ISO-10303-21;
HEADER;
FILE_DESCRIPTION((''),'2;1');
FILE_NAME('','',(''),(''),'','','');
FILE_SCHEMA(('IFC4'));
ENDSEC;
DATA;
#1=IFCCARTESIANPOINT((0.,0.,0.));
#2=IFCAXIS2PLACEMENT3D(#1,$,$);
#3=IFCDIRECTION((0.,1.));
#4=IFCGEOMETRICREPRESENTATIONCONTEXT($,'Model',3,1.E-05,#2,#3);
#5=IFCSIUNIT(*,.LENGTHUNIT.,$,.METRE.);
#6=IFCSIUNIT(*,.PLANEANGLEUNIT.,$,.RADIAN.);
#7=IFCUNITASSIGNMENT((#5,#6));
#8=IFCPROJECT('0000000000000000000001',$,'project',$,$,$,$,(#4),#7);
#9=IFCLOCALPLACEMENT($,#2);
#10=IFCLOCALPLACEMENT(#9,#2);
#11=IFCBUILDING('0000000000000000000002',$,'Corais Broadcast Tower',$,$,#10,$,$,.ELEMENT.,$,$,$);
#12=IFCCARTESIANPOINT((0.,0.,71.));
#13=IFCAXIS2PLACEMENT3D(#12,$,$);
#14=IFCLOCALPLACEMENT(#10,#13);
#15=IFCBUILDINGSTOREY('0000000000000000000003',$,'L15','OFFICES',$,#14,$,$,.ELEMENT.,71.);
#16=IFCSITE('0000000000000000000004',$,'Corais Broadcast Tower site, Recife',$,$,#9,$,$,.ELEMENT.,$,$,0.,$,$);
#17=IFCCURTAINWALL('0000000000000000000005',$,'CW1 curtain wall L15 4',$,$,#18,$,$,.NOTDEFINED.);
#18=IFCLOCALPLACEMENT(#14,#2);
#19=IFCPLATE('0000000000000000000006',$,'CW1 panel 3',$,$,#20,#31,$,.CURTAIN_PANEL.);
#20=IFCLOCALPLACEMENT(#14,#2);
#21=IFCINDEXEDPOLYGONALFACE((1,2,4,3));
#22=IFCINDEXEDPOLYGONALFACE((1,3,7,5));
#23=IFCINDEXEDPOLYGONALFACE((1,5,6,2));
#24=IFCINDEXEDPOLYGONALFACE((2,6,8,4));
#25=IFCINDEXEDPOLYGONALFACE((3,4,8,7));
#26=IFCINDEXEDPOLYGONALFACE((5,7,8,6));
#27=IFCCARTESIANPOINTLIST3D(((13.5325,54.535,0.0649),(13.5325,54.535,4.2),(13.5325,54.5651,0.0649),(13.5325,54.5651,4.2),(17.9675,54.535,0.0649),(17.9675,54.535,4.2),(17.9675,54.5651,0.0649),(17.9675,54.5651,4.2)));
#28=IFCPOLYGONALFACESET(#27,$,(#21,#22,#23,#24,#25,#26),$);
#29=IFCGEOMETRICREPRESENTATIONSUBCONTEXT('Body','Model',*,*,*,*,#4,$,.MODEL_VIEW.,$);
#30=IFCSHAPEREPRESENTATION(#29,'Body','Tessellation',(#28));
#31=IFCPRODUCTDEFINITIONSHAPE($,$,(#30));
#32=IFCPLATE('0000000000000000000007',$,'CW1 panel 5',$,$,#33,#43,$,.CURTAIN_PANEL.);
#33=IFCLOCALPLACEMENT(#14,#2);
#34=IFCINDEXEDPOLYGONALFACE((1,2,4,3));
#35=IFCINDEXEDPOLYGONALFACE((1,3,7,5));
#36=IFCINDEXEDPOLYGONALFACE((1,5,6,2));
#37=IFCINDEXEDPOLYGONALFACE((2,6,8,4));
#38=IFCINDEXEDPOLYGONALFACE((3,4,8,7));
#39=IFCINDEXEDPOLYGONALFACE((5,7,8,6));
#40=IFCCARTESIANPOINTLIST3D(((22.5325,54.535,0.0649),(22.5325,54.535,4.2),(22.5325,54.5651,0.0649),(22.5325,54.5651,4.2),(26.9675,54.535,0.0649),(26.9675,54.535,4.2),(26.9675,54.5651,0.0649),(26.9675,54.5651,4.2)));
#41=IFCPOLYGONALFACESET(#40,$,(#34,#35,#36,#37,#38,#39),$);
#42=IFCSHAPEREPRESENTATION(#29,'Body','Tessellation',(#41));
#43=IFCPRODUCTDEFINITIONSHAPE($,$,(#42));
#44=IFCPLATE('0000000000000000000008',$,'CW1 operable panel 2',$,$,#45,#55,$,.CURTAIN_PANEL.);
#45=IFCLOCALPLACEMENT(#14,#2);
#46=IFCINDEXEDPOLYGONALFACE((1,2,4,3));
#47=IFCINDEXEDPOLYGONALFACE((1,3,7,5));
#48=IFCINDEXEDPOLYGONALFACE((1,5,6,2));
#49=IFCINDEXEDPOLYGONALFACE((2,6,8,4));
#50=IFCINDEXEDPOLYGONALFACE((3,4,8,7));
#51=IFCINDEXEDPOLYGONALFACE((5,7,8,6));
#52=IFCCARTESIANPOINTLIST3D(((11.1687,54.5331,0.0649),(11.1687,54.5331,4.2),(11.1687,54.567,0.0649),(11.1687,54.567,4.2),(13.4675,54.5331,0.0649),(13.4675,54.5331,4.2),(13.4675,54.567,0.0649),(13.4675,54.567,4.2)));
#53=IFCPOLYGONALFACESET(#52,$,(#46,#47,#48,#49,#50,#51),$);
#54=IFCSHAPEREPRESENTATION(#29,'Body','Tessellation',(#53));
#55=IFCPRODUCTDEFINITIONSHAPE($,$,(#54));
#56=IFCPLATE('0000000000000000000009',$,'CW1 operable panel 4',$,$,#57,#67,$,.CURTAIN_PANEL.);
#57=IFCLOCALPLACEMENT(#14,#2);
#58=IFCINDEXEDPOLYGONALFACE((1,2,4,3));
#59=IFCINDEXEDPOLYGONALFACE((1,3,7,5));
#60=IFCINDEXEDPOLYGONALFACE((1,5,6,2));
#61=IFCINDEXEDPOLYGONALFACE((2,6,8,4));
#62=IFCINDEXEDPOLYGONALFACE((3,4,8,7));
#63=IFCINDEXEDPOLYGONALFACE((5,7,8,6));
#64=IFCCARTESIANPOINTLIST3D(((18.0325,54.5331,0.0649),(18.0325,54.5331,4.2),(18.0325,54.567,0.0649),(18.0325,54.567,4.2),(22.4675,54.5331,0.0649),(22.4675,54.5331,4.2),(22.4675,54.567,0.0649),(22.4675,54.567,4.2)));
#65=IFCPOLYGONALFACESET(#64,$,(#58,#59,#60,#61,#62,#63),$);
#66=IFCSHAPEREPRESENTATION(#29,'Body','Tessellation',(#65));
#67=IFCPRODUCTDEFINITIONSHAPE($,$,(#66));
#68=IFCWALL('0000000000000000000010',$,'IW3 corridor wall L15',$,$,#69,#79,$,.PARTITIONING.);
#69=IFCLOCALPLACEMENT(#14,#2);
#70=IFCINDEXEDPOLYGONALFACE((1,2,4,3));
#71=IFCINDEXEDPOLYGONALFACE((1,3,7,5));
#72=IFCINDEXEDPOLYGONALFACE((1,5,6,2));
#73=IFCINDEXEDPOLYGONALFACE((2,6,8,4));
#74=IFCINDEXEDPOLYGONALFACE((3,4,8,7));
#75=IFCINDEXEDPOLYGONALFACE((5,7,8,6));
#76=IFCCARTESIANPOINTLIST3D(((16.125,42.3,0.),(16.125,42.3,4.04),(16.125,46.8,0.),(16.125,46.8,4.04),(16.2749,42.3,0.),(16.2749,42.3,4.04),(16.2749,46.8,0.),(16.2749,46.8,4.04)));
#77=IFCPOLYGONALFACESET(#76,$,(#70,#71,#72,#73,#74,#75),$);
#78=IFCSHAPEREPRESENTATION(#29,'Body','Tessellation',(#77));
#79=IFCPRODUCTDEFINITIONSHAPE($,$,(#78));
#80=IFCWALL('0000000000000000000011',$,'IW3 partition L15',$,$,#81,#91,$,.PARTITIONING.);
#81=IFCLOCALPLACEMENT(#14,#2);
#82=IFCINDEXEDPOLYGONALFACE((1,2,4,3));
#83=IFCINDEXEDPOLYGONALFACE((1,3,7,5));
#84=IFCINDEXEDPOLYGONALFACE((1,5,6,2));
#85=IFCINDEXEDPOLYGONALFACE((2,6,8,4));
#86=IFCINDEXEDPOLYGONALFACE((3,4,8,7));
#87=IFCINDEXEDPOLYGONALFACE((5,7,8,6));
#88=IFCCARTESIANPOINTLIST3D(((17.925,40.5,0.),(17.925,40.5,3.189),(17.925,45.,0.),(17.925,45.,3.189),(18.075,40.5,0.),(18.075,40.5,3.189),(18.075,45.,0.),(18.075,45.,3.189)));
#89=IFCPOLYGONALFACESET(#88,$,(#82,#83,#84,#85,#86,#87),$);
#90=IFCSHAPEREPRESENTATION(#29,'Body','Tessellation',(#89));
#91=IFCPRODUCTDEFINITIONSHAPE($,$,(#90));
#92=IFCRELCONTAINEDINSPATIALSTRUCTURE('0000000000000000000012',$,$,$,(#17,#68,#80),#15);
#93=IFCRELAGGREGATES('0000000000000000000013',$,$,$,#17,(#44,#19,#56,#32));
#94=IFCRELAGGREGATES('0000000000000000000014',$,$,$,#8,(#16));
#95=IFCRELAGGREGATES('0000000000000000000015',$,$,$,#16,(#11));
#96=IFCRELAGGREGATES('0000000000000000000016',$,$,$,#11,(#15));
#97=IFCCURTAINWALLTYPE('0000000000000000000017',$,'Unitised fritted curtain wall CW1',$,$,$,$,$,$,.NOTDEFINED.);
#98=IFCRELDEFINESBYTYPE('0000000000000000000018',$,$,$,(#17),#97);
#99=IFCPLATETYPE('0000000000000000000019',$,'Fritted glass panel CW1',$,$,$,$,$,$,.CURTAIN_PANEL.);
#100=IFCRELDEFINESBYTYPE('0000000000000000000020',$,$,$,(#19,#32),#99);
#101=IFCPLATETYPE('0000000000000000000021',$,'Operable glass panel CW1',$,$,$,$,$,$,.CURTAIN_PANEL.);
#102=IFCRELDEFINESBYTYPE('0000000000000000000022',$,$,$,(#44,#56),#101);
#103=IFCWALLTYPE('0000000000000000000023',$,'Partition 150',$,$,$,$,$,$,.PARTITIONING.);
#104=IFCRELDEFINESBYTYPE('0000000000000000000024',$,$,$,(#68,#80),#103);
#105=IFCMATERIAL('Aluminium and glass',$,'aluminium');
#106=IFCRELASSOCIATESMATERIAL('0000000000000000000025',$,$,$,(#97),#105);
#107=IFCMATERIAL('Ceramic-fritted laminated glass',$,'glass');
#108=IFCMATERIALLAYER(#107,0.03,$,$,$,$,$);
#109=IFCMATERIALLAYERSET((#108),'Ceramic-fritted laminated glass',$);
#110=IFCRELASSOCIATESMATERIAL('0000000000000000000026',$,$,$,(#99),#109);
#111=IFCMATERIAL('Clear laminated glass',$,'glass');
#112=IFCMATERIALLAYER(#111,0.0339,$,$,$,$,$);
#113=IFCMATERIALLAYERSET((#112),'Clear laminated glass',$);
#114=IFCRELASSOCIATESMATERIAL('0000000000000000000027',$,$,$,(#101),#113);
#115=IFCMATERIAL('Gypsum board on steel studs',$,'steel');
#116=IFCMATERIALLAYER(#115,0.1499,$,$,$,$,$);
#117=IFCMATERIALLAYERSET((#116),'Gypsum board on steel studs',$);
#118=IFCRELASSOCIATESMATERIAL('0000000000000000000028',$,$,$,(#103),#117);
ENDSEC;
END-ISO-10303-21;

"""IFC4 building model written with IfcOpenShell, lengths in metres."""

from ifc_helpers import new_model, si_unit, direction, frame, frame_2d, origin, origin_2d, place, context, subcontext, project, spatial, rectangle, extrude, material, layer, layer_set, type_object, element, aggregate, save


model = new_model("IFC4")

# Units and contexts
model_context = context("Model", 3, precision=1e-05, world=origin(), true_north=direction((0.0, 1.0)))
body_context = subcontext(model_context, "Body", "Model", "MODEL_VIEW")
ifc_project = project(units=[si_unit("LENGTHUNIT", "METRE"), si_unit("PLANEANGLEUNIT", "RADIAN")], contexts=[model_context])

# Site, building, storey
site_placement = place(None, origin())
site = spatial("IfcSite", under=ifc_project, at=site_placement, Name="Corais Broadcast Tower site, Recife", CompositionType="ELEMENT", RefElevation=0.0)
building_placement = place(site_placement, origin())
building = spatial("IfcBuilding", under=site, at=building_placement, Name="Corais Broadcast Tower", CompositionType="ELEMENT")
storey_placement = place(building_placement, frame((0.0, 0.0, 71.0)))
storey = spatial("IfcBuildingStorey", under=building, at=storey_placement, Name="L15", Description="OFFICES", CompositionType="ELEMENT", Elevation=71.0)

# Curtain wall
ifc_material_1 = material(Name="Aluminium and glass", Category="aluminium")
curtain_wall_type = type_object("IfcCurtainWallType", Name="Unitised fritted curtain wall CW1", PredefinedType="NOTDEFINED", material=ifc_material_1)
curtain_wall_placement = place(storey_placement, origin())
curtain_wall = element("IfcCurtainWall", 1, at=curtain_wall_placement, inside=storey, type_object=curtain_wall_type, Name="CW1 curtain wall L15 4", PredefinedType="NOTDEFINED")

# Plates
ifc_material_2 = material(Name="Ceramic-fritted laminated glass", Category="glass")
ifc_layer_1 = layer(ifc_material_2, 0.03)
ifc_layer_set_1 = layer_set([ifc_layer_1], Name="Ceramic-fritted laminated glass")
plate_type_1 = type_object("IfcPlateType", Name="Fritted glass panel CW1", PredefinedType="CURTAIN_PANEL", material=ifc_layer_set_1)
plate_1_placement = place(storey_placement, frame((15.75, 54.55, 0.0649), z_axis=(0.0, 0.0, 1.0), x_axis=(1.0, 0.0, 0.0)))
plate_1 = element("IfcPlate", 2, at=plate_1_placement, type_object=plate_type_1, Name="CW1 panel 3", PredefinedType="CURTAIN_PANEL", context=body_context, shape_type="SweptSolid", body=[
    extrude(rectangle(XDim=4.4351, YDim=0.03, at=origin_2d()), origin(), (0.0, 0.0, 1.0), 4.135),
])
plate_2_placement = place(storey_placement, frame((24.75, 54.55, 0.0649), z_axis=(0.0, 0.0, 1.0), x_axis=(1.0, 0.0, 0.0)))
plate_2 = element("IfcPlate", 3, at=plate_2_placement, type_object=plate_type_1, Name="CW1 panel 5", PredefinedType="CURTAIN_PANEL", context=body_context, shape_type="SweptSolid", body=[
    extrude(rectangle(XDim=4.4351, YDim=0.03, at=origin_2d()), origin(), (0.0, 0.0, 1.0), 4.135),
])
ifc_material_3 = material(Name="Clear laminated glass", Category="glass")
ifc_layer_2 = layer(ifc_material_3, 0.0339)
ifc_layer_set_2 = layer_set([ifc_layer_2], Name="Clear laminated glass")
plate_type_2 = type_object("IfcPlateType", Name="Operable glass panel CW1", PredefinedType="CURTAIN_PANEL", material=ifc_layer_set_2)
plate_3_placement = place(storey_placement, frame((12.3181, 54.55, 0.0649), z_axis=(0.0, 0.0, 1.0), x_axis=(1.0, 0.0, 0.0)))
plate_3 = element("IfcPlate", 4, at=plate_3_placement, type_object=plate_type_2, Name="CW1 operable panel 2", PredefinedType="CURTAIN_PANEL", context=body_context, shape_type="SweptSolid", body=[
    extrude(rectangle(XDim=2.2988, YDim=0.0339, at=origin_2d()), origin(), (0.0, 0.0, 1.0), 4.135),
])
plate_4_placement = place(storey_placement, frame((20.25, 54.55, 0.0649), z_axis=(0.0, 0.0, 1.0), x_axis=(1.0, 0.0, 0.0)))
plate_4 = element("IfcPlate", 5, at=plate_4_placement, type_object=plate_type_2, Name="CW1 operable panel 4", PredefinedType="CURTAIN_PANEL", context=body_context, shape_type="SweptSolid", body=[
    extrude(rectangle(XDim=4.4351, YDim=0.0339, at=origin_2d()), origin(), (0.0, 0.0, 1.0), 4.135),
])
aggregate(curtain_wall, [plate_3, plate_1, plate_4, plate_2])

# Walls
ifc_material_4 = material(Name="Gypsum board on steel studs", Category="steel")
ifc_layer_3 = layer(ifc_material_4, 0.1499)
ifc_layer_set_3 = layer_set([ifc_layer_3], Name="Gypsum board on steel studs")
wall_type = type_object("IfcWallType", Name="Partition 150", PredefinedType="PARTITIONING", material=ifc_layer_set_3)
wall_1_placement = place(storey_placement, frame((16.2, 46.8, 0.0), z_axis=(0.0, 0.0, 1.0), x_axis=(0.0, -1.0, 0.0)))
element("IfcWall", 6, at=wall_1_placement, inside=storey, type_object=wall_type, Name="IW3 corridor wall L15", PredefinedType="PARTITIONING", context=body_context, shape_type="SweptSolid", body=[
    extrude(rectangle(XDim=4.5, YDim=0.1499, at=frame_2d((2.25, 0.0))), origin(), (0.0, 0.0, 1.0), 4.04),
])
wall_2_placement = place(storey_placement, frame((18.0, 45.0, 0.0), z_axis=(0.0, 0.0, 1.0), x_axis=(0.0, -1.0, 0.0)))
element("IfcWall", 7, at=wall_2_placement, inside=storey, type_object=wall_type, Name="IW3 partition L15", PredefinedType="PARTITIONING", context=body_context, shape_type="SweptSolid", body=[
    extrude(rectangle(XDim=4.5, YDim=0.1499, at=frame_2d((2.25, 0.0))), origin(), (0.0, 0.0, 1.0), 3.189),
])

save(model, "model.ifc")
